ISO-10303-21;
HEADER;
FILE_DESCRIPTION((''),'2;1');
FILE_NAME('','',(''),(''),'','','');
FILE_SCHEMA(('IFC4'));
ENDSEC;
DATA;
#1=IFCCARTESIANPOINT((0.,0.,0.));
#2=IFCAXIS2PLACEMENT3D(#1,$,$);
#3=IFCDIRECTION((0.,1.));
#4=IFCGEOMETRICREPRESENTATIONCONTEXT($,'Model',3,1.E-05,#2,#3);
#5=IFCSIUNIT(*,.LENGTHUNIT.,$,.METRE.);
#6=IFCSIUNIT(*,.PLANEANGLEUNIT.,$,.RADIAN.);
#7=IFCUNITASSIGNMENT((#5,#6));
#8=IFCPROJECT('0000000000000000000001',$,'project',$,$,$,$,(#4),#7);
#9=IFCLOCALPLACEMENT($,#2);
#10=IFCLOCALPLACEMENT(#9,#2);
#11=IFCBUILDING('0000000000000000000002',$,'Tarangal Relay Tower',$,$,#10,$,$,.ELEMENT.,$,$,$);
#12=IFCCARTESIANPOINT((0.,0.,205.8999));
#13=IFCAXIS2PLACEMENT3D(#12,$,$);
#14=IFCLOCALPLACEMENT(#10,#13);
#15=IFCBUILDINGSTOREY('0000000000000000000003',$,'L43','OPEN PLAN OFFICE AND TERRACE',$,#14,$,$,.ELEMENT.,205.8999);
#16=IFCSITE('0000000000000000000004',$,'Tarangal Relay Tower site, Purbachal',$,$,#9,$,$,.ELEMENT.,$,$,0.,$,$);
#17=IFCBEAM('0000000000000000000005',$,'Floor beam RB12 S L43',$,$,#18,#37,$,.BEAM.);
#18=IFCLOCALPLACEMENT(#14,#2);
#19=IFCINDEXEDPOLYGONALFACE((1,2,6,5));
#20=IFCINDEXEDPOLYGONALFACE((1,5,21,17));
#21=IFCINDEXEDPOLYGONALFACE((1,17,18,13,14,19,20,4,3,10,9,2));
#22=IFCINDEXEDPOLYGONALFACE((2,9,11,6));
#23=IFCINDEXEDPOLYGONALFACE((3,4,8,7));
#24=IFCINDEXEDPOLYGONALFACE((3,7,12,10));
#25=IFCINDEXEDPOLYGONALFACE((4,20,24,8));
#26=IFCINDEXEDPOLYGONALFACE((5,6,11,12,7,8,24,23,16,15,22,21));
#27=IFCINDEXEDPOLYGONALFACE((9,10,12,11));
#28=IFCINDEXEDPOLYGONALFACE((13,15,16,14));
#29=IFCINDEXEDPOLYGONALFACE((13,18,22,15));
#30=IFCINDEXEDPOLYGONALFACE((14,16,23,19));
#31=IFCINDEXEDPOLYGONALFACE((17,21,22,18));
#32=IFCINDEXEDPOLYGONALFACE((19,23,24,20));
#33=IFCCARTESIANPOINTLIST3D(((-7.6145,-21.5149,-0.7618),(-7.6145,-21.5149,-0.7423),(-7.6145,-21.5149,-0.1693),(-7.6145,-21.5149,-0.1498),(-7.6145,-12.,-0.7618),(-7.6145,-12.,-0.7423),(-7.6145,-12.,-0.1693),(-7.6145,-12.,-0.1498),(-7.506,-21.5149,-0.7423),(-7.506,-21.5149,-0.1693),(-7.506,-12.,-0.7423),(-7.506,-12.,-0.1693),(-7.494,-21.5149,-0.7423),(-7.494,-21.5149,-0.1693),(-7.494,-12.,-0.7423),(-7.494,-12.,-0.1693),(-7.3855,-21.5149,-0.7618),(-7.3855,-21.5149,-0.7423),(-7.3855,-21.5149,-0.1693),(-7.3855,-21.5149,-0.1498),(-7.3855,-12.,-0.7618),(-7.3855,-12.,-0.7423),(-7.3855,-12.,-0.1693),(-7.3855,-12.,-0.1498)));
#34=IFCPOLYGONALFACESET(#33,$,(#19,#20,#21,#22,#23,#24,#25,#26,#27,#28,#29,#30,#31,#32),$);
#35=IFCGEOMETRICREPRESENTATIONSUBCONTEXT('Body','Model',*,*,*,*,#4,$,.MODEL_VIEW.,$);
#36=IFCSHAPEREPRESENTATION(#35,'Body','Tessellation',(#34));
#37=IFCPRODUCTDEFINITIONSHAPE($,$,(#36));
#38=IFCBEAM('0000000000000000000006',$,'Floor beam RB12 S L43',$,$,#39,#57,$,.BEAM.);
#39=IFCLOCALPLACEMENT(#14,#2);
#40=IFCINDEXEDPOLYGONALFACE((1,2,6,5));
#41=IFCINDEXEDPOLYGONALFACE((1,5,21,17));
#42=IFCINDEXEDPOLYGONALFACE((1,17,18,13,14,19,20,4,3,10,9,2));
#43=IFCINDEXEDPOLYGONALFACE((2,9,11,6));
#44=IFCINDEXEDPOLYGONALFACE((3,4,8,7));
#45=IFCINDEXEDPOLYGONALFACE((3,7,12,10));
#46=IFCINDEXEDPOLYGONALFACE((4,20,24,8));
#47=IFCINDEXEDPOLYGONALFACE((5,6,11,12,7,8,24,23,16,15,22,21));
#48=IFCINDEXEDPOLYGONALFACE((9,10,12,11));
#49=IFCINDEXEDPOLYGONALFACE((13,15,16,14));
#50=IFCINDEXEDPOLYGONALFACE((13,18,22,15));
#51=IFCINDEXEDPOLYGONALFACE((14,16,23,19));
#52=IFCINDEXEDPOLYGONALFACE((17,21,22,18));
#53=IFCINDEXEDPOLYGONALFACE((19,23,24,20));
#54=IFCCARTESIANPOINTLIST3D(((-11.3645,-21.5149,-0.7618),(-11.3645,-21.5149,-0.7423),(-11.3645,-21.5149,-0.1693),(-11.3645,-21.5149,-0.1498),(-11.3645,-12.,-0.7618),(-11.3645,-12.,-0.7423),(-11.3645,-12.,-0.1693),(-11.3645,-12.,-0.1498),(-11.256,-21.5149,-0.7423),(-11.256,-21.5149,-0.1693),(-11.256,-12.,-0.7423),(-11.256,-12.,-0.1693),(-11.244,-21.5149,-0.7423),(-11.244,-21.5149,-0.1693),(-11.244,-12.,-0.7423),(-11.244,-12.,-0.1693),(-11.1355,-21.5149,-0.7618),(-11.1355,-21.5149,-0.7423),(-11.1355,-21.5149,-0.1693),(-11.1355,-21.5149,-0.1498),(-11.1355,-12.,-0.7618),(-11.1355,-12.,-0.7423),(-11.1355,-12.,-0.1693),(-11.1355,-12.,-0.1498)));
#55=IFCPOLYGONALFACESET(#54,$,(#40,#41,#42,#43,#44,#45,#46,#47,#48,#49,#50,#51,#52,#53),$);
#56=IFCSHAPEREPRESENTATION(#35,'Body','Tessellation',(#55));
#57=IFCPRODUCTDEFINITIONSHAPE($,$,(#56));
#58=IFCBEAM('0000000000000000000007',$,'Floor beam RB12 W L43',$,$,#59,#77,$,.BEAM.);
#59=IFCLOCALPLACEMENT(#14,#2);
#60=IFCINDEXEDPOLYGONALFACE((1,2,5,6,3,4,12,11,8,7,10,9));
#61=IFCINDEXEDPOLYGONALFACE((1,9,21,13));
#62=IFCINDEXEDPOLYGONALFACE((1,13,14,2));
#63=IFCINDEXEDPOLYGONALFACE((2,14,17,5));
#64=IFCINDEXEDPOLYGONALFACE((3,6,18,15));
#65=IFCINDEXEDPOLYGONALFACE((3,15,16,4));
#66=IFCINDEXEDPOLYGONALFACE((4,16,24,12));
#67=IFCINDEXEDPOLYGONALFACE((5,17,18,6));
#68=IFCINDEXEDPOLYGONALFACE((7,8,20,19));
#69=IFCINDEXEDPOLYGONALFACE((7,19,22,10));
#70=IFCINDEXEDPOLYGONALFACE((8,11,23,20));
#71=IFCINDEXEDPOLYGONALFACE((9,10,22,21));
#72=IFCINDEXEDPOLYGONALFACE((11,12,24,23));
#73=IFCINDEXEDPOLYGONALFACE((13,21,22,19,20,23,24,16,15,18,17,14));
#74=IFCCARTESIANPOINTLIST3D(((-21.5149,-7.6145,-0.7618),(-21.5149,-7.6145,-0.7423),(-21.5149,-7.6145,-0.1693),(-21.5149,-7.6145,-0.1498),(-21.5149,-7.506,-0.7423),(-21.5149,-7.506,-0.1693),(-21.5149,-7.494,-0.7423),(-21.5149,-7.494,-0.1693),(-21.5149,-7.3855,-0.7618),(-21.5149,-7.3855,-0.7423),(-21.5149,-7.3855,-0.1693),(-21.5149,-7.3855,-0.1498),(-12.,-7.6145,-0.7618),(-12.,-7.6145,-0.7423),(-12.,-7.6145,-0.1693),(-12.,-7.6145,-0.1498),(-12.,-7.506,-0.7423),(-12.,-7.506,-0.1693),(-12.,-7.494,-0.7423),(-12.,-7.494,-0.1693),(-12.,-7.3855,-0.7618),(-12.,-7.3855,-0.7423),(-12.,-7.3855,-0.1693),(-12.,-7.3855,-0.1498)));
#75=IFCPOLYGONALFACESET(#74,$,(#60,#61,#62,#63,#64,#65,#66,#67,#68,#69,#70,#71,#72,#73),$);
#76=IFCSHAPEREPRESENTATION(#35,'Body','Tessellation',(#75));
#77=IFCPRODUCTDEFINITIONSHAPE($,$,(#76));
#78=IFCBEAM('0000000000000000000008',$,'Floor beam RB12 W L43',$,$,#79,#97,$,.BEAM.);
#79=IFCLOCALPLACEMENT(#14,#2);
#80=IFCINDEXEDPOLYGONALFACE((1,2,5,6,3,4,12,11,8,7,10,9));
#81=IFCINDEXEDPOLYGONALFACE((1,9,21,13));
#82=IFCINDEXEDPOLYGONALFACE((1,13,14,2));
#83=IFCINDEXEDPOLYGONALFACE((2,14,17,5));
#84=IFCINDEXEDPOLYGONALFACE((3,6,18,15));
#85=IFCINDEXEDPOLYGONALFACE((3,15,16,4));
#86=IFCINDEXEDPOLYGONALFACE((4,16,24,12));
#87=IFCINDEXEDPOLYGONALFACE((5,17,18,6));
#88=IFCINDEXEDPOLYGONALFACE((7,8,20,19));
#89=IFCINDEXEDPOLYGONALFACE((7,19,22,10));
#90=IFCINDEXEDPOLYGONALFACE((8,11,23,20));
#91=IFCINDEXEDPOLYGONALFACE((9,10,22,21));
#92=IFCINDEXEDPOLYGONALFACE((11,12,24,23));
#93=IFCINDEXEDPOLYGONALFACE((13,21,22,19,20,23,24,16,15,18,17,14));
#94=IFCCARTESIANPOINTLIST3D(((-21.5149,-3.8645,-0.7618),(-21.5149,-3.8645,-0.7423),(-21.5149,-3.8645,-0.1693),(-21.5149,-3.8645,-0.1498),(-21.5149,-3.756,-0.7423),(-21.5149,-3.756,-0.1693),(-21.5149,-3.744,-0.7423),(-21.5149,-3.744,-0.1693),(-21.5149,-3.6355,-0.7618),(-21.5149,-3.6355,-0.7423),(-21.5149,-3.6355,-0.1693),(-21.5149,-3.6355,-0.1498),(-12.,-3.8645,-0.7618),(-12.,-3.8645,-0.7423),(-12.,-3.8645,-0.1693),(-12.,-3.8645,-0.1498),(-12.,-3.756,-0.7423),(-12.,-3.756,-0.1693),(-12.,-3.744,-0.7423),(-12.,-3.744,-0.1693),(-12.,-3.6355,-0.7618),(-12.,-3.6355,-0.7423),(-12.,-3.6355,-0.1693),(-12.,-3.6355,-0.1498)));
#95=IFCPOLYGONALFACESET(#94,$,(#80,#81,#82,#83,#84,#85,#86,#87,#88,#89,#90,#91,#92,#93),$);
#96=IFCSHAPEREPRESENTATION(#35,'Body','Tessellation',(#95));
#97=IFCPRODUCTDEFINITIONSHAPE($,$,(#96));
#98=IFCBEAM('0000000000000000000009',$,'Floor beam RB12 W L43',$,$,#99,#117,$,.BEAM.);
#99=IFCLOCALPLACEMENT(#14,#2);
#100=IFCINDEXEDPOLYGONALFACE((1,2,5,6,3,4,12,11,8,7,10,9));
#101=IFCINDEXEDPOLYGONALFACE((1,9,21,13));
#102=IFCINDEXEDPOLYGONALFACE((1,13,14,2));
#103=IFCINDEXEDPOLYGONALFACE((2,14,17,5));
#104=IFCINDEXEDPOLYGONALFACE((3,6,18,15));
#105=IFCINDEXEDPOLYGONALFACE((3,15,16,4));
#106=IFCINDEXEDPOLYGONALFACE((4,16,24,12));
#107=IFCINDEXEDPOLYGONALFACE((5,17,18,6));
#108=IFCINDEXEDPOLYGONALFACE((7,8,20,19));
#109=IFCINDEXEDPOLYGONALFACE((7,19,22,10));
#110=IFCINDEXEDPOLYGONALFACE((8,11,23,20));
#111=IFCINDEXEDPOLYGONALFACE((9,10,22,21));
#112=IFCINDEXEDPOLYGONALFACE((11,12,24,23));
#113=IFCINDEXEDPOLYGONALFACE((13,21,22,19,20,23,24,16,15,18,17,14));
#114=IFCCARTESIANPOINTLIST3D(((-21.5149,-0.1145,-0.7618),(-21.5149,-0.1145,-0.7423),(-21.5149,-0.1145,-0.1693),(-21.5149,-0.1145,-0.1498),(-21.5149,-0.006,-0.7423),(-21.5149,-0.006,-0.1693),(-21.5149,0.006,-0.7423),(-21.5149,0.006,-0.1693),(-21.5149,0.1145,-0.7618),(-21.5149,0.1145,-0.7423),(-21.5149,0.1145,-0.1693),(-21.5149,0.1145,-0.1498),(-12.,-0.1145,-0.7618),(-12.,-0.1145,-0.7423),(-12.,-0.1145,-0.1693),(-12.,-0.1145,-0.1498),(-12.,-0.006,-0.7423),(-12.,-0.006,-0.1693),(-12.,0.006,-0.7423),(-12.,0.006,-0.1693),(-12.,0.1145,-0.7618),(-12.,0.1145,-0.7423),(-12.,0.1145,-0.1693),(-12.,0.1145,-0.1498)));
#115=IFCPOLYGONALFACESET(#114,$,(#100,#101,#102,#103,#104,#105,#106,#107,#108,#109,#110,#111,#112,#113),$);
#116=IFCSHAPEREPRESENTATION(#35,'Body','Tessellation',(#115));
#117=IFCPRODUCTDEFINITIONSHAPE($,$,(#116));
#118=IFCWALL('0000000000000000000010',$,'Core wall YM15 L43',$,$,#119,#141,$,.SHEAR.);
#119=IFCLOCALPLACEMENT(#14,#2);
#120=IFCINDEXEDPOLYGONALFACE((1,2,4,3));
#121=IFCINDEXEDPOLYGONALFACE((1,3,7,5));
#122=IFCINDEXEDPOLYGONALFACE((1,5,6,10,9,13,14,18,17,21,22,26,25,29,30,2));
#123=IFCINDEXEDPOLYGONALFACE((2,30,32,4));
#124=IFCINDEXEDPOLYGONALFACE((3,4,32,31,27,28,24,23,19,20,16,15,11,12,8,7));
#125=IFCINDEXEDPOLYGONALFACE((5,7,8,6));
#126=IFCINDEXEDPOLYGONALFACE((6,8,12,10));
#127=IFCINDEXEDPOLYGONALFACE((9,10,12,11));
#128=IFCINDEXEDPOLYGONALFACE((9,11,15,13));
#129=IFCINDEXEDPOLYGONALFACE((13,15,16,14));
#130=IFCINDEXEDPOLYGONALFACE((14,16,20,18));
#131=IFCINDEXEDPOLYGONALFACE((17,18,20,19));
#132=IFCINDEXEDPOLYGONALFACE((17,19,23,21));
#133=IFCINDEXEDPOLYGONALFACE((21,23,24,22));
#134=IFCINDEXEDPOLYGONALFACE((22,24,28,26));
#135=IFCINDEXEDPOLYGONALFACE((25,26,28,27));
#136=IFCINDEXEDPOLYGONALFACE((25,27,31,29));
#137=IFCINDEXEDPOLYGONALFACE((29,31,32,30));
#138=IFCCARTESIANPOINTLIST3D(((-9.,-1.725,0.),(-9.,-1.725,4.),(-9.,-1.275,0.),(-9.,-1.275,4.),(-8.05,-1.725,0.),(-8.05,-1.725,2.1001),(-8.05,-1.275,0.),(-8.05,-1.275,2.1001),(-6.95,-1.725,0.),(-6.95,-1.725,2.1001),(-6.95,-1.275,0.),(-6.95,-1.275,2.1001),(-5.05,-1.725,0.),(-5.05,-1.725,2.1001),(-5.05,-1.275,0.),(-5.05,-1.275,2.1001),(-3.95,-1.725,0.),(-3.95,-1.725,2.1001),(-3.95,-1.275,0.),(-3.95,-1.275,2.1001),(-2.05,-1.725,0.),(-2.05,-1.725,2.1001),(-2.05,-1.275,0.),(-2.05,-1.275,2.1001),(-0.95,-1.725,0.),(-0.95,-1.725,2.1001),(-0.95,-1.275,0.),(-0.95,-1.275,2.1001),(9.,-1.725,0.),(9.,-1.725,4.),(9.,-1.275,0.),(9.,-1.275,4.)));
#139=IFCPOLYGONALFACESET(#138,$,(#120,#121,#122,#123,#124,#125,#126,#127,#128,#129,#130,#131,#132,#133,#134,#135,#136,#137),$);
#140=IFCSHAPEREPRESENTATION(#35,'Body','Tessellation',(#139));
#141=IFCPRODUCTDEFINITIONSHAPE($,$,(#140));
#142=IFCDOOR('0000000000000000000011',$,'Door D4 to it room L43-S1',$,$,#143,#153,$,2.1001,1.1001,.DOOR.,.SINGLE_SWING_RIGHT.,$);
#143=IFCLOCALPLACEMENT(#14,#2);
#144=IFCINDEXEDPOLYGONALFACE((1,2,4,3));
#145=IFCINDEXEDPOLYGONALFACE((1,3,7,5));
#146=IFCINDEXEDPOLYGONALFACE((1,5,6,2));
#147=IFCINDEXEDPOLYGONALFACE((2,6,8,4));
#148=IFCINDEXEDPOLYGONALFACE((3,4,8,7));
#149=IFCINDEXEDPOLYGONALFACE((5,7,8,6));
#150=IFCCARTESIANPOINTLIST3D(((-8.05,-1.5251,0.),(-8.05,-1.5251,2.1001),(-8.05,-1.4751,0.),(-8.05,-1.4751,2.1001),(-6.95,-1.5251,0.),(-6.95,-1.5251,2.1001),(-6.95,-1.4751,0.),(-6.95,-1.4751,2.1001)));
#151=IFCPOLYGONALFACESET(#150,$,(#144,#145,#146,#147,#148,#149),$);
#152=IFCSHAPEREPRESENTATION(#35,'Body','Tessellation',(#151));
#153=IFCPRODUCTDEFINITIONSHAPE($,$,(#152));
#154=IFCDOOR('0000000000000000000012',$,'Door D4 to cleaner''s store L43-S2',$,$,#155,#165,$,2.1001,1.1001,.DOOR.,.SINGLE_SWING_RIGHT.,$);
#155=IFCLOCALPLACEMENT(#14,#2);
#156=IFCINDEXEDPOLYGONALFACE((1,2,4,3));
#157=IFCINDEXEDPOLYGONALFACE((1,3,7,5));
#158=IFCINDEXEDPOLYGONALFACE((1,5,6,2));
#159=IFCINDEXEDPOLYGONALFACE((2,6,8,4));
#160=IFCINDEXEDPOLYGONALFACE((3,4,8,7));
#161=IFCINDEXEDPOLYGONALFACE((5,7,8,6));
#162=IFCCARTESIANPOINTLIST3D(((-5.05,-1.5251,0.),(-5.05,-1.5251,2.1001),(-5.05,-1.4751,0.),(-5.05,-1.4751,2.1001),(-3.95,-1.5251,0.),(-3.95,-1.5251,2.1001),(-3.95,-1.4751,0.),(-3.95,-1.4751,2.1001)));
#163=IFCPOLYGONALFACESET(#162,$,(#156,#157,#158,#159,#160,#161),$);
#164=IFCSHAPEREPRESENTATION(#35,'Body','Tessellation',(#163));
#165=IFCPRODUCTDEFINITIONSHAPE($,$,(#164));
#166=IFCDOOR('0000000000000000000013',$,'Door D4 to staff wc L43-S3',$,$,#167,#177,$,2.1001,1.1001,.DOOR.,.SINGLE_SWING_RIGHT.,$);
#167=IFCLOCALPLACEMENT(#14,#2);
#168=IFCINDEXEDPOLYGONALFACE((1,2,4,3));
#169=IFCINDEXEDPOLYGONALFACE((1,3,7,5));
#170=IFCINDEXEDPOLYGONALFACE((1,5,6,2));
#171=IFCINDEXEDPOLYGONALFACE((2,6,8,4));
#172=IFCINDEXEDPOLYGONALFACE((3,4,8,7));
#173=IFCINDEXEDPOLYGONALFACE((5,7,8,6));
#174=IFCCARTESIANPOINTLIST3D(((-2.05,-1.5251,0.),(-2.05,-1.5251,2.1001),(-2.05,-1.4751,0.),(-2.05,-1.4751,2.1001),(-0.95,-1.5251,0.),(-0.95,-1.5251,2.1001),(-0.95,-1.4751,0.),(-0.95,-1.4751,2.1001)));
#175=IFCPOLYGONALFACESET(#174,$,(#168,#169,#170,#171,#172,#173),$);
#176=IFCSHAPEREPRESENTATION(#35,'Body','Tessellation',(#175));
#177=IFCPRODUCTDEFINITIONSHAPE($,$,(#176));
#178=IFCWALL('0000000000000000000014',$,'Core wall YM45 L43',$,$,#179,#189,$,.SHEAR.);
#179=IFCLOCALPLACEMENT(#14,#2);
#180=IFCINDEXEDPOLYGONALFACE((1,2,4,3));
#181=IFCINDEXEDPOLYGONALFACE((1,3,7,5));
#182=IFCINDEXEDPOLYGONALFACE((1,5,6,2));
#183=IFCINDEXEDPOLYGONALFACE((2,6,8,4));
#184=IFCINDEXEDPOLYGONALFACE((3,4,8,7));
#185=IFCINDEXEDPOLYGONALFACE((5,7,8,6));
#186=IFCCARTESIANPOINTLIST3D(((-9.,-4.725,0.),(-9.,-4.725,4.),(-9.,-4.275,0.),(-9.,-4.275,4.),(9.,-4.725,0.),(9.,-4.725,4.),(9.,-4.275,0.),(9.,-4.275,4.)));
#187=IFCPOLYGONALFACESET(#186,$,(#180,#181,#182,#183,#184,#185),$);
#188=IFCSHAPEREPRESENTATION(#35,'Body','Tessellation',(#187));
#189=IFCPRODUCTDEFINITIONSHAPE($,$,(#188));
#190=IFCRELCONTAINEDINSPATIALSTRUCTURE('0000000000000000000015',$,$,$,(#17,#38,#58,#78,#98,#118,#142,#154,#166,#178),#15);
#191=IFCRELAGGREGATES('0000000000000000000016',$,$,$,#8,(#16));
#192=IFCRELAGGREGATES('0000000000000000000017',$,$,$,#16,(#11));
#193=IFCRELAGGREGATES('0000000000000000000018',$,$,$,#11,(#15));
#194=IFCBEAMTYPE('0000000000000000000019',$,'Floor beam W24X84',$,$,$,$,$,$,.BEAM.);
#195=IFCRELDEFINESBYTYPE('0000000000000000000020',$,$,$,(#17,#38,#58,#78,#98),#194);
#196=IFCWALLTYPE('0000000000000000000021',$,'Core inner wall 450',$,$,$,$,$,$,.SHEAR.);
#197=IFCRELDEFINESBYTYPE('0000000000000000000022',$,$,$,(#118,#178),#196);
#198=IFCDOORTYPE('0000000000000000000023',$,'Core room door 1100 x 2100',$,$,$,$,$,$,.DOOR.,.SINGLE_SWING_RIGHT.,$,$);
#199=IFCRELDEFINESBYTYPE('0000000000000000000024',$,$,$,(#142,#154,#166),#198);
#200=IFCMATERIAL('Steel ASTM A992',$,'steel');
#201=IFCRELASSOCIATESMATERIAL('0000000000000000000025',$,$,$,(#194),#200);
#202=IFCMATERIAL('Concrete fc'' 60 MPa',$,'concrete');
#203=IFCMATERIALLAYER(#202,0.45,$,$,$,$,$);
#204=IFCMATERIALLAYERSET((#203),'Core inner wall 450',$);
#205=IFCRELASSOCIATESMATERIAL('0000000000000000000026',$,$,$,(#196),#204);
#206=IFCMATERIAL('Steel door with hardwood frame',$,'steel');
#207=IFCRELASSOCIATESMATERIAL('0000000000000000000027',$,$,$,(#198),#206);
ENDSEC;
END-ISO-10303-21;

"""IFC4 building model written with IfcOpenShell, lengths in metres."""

from ifc_helpers import new_model, si_unit, direction, frame, frame_2d, origin, origin_2d, place, context, subcontext, project, spatial, rectangle, i_section, extrude, material, layer, layer_set, material_profile, profile_set, type_object, element, fill, save


model = new_model("IFC4")

# Units and contexts
model_context = context("Model", 3, precision=1e-05, world=origin(), true_north=direction((0.0, 1.0)))
body_context = subcontext(model_context, "Body", "Model", "MODEL_VIEW")
ifc_project = project(units=[si_unit("LENGTHUNIT", "METRE"), si_unit("PLANEANGLEUNIT", "RADIAN")], contexts=[model_context])

# Site, building, storey
site_placement = place(None, origin())
site = spatial("IfcSite", under=ifc_project, at=site_placement, Name="Tarangal Relay Tower site, Purbachal", CompositionType="ELEMENT", RefElevation=0.0)
building_placement = place(site_placement, origin())
building = spatial("IfcBuilding", under=site, at=building_placement, Name="Tarangal Relay Tower", CompositionType="ELEMENT")
storey_placement = place(building_placement, frame((0.0, 0.0, 205.8999)))
storey = spatial("IfcBuildingStorey", under=building, at=storey_placement, Name="L43", Description="OPEN PLAN OFFICE AND TERRACE", CompositionType="ELEMENT", Elevation=205.8999)

# Beams
ifc_material_1 = material(Name="Steel ASTM A992", Category="steel")
ifc_material_profile = material_profile(ifc_material_1, i_section(OverallWidth=0.229, OverallDepth=0.6121, WebThickness=0.012, FlangeThickness=0.0195, at=origin_2d()), Name="W24X84")
ifc_profile_set = profile_set([ifc_material_profile], Name="Steel ASTM A992")
beam_type = type_object("IfcBeamType", Name="Floor beam W24X84", PredefinedType="BEAM", material=ifc_profile_set)
for number, where, z_axis, x_axis, name in (
    (1, (-7.5, -12.0, -0.4558), (0.0, -1.0, 0.0), (1.0, 0.0, 0.0), "Floor beam RB12 S L43"),
    (2, (-11.25, -12.0, -0.4558), (0.0, -1.0, 0.0), (1.0, 0.0, 0.0), "Floor beam RB12 S L43"),
    (3, (-12.0, -7.5, -0.4558), (-1.0, 0.0, 0.0), (0.0, -1.0, 0.0), "Floor beam RB12 W L43"),
    (4, (-12.0, -3.75, -0.4558), (-1.0, 0.0, 0.0), (0.0, -1.0, 0.0), "Floor beam RB12 W L43"),
    (5, (-12.0, 0.0, -0.4558), (-1.0, 0.0, 0.0), (0.0, -1.0, 0.0), "Floor beam RB12 W L43"),
):
    element("IfcBeam", number, at=place(storey_placement, frame(where, z_axis=z_axis, x_axis=x_axis)), inside=storey, type_object=beam_type, Name=name, PredefinedType="BEAM", context=body_context, shape_type="SweptSolid", body=[
        extrude(i_section(OverallWidth=0.229, OverallDepth=0.6121, WebThickness=0.012, FlangeThickness=0.0195, at=origin_2d()), origin(), (0.0, 0.0, 1.0), 9.5149),
    ])

# Wall, openings, doors
ifc_material_2 = material(Name="Concrete fc' 60 MPa", Category="concrete")
ifc_layer_1 = layer(ifc_material_2, 0.45)
ifc_layer_set_1 = layer_set([ifc_layer_1], Name="Core inner wall 450")
wall_type_1 = type_object("IfcWallType", Name="Core inner wall 450", PredefinedType="SHEAR", material=ifc_layer_set_1)
wall_1_placement = place(storey_placement, frame((-9.0, -1.5, 0.0), z_axis=(0.0, 0.0, 1.0), x_axis=(1.0, 0.0, 0.0)))
wall_1 = element("IfcWall", 6, at=wall_1_placement, inside=storey, type_object=wall_type_1, Name="Core wall YM15 L43", PredefinedType="SHEAR", context=body_context, shape_type="SweptSolid", body=[
    extrude(rectangle(XDim=18.0, YDim=0.45, at=frame_2d((9.0, 0.0))), origin(), (0.0, 0.0, 1.0), 4.0),
])
opening_1_placement = place(wall_1_placement, frame((0.95, 0.0, 0.0)))
opening_1 = element("IfcOpeningElement", 7, at=opening_1_placement, cuts=wall_1, PredefinedType="OPENING", context=body_context, shape_type="SweptSolid", body=[
    extrude(rectangle(XDim=1.1001, YDim=2.1001, at=frame_2d((0.55, 1.05))), frame((0.0, 0.2349, 0.0), z_axis=(0.0, -1.0, 0.0), x_axis=(1.0, 0.0, 0.0)), (0.0, 0.0, 1.0), 0.47),
])
opening_2_placement = place(wall_1_placement, frame((3.95, 0.0, 0.0)))
opening_2 = element("IfcOpeningElement", 8, at=opening_2_placement, cuts=wall_1, PredefinedType="OPENING", context=body_context, shape_type="SweptSolid", body=[
    extrude(rectangle(XDim=1.1001, YDim=2.1001, at=frame_2d((0.55, 1.05))), frame((0.0, 0.2349, 0.0), z_axis=(0.0, -1.0, 0.0), x_axis=(1.0, 0.0, 0.0)), (0.0, 0.0, 1.0), 0.47),
])
opening_3_placement = place(wall_1_placement, frame((6.95, 0.0, 0.0)))
opening_3 = element("IfcOpeningElement", 9, at=opening_3_placement, cuts=wall_1, PredefinedType="OPENING", context=body_context, shape_type="SweptSolid", body=[
    extrude(rectangle(XDim=1.1001, YDim=2.1001, at=frame_2d((0.55, 1.05))), frame((0.0, 0.2349, 0.0), z_axis=(0.0, -1.0, 0.0), x_axis=(1.0, 0.0, 0.0)), (0.0, 0.0, 1.0), 0.47),
])
ifc_material_3 = material(Name="Steel door with hardwood frame", Category="steel")
door_type_1 = type_object("IfcDoorType", Name="Core room door 1100 x 2100", OperationType="SINGLE_SWING_RIGHT", PredefinedType="DOOR", material=ifc_material_3)
door_1_placement = place(opening_1_placement, origin())
door_1 = element("IfcDoor", 10, at=door_1_placement, inside=storey, type_object=door_type_1, Name="Door D4 to it room L43-S1", OperationType="SINGLE_SWING_RIGHT", OverallHeight=2.1001, OverallWidth=1.1001, PredefinedType="DOOR", context=body_context, shape_type="SweptSolid", body=[
    extrude(rectangle(XDim=1.1001, YDim=2.1001, at=frame_2d((0.55, 1.05))), frame((0.0, 0.0249, 0.0), z_axis=(0.0, -1.0, 0.0), x_axis=(1.0, 0.0, 0.0)), (0.0, 0.0, 1.0), 0.05),
])
fill(opening_1, door_1)
door_2_placement = place(opening_2_placement, origin())
door_2 = element("IfcDoor", 11, at=door_2_placement, inside=storey, type_object=door_type_1, Name="Door D4 to cleaner's store L43-S2", OperationType="SINGLE_SWING_RIGHT", OverallHeight=2.1001, OverallWidth=1.1001, PredefinedType="DOOR", context=body_context, shape_type="SweptSolid", body=[
    extrude(rectangle(XDim=1.1001, YDim=2.1001, at=frame_2d((0.55, 1.05))), frame((0.0, 0.0249, 0.0), z_axis=(0.0, -1.0, 0.0), x_axis=(1.0, 0.0, 0.0)), (0.0, 0.0, 1.0), 0.05),
])
fill(opening_2, door_2)
door_3_placement = place(opening_3_placement, origin())
door_3 = element("IfcDoor", 12, at=door_3_placement, inside=storey, type_object=door_type_1, Name="Door D4 to staff wc L43-S3", OperationType="SINGLE_SWING_RIGHT", OverallHeight=2.1001, OverallWidth=1.1001, PredefinedType="DOOR", context=body_context, shape_type="SweptSolid", body=[
    extrude(rectangle(XDim=1.1001, YDim=2.1001, at=frame_2d((0.55, 1.05))), frame((0.0, 0.0249, 0.0), z_axis=(0.0, -1.0, 0.0), x_axis=(1.0, 0.0, 0.0)), (0.0, 0.0, 1.0), 0.05),
])
fill(opening_3, door_3)

# Wall
wall_2_placement = place(storey_placement, frame((-9.0, -4.5, 0.0), z_axis=(0.0, 0.0, 1.0), x_axis=(1.0, 0.0, 0.0)))
element("IfcWall", 13, at=wall_2_placement, inside=storey, type_object=wall_type_1, Name="Core wall YM45 L43", PredefinedType="SHEAR", context=body_context, shape_type="SweptSolid", body=[
    extrude(rectangle(XDim=18.0, YDim=0.45, at=frame_2d((9.0, 0.0))), origin(), (0.0, 0.0, 1.0), 4.0),
])

save(model, "model.ifc")
